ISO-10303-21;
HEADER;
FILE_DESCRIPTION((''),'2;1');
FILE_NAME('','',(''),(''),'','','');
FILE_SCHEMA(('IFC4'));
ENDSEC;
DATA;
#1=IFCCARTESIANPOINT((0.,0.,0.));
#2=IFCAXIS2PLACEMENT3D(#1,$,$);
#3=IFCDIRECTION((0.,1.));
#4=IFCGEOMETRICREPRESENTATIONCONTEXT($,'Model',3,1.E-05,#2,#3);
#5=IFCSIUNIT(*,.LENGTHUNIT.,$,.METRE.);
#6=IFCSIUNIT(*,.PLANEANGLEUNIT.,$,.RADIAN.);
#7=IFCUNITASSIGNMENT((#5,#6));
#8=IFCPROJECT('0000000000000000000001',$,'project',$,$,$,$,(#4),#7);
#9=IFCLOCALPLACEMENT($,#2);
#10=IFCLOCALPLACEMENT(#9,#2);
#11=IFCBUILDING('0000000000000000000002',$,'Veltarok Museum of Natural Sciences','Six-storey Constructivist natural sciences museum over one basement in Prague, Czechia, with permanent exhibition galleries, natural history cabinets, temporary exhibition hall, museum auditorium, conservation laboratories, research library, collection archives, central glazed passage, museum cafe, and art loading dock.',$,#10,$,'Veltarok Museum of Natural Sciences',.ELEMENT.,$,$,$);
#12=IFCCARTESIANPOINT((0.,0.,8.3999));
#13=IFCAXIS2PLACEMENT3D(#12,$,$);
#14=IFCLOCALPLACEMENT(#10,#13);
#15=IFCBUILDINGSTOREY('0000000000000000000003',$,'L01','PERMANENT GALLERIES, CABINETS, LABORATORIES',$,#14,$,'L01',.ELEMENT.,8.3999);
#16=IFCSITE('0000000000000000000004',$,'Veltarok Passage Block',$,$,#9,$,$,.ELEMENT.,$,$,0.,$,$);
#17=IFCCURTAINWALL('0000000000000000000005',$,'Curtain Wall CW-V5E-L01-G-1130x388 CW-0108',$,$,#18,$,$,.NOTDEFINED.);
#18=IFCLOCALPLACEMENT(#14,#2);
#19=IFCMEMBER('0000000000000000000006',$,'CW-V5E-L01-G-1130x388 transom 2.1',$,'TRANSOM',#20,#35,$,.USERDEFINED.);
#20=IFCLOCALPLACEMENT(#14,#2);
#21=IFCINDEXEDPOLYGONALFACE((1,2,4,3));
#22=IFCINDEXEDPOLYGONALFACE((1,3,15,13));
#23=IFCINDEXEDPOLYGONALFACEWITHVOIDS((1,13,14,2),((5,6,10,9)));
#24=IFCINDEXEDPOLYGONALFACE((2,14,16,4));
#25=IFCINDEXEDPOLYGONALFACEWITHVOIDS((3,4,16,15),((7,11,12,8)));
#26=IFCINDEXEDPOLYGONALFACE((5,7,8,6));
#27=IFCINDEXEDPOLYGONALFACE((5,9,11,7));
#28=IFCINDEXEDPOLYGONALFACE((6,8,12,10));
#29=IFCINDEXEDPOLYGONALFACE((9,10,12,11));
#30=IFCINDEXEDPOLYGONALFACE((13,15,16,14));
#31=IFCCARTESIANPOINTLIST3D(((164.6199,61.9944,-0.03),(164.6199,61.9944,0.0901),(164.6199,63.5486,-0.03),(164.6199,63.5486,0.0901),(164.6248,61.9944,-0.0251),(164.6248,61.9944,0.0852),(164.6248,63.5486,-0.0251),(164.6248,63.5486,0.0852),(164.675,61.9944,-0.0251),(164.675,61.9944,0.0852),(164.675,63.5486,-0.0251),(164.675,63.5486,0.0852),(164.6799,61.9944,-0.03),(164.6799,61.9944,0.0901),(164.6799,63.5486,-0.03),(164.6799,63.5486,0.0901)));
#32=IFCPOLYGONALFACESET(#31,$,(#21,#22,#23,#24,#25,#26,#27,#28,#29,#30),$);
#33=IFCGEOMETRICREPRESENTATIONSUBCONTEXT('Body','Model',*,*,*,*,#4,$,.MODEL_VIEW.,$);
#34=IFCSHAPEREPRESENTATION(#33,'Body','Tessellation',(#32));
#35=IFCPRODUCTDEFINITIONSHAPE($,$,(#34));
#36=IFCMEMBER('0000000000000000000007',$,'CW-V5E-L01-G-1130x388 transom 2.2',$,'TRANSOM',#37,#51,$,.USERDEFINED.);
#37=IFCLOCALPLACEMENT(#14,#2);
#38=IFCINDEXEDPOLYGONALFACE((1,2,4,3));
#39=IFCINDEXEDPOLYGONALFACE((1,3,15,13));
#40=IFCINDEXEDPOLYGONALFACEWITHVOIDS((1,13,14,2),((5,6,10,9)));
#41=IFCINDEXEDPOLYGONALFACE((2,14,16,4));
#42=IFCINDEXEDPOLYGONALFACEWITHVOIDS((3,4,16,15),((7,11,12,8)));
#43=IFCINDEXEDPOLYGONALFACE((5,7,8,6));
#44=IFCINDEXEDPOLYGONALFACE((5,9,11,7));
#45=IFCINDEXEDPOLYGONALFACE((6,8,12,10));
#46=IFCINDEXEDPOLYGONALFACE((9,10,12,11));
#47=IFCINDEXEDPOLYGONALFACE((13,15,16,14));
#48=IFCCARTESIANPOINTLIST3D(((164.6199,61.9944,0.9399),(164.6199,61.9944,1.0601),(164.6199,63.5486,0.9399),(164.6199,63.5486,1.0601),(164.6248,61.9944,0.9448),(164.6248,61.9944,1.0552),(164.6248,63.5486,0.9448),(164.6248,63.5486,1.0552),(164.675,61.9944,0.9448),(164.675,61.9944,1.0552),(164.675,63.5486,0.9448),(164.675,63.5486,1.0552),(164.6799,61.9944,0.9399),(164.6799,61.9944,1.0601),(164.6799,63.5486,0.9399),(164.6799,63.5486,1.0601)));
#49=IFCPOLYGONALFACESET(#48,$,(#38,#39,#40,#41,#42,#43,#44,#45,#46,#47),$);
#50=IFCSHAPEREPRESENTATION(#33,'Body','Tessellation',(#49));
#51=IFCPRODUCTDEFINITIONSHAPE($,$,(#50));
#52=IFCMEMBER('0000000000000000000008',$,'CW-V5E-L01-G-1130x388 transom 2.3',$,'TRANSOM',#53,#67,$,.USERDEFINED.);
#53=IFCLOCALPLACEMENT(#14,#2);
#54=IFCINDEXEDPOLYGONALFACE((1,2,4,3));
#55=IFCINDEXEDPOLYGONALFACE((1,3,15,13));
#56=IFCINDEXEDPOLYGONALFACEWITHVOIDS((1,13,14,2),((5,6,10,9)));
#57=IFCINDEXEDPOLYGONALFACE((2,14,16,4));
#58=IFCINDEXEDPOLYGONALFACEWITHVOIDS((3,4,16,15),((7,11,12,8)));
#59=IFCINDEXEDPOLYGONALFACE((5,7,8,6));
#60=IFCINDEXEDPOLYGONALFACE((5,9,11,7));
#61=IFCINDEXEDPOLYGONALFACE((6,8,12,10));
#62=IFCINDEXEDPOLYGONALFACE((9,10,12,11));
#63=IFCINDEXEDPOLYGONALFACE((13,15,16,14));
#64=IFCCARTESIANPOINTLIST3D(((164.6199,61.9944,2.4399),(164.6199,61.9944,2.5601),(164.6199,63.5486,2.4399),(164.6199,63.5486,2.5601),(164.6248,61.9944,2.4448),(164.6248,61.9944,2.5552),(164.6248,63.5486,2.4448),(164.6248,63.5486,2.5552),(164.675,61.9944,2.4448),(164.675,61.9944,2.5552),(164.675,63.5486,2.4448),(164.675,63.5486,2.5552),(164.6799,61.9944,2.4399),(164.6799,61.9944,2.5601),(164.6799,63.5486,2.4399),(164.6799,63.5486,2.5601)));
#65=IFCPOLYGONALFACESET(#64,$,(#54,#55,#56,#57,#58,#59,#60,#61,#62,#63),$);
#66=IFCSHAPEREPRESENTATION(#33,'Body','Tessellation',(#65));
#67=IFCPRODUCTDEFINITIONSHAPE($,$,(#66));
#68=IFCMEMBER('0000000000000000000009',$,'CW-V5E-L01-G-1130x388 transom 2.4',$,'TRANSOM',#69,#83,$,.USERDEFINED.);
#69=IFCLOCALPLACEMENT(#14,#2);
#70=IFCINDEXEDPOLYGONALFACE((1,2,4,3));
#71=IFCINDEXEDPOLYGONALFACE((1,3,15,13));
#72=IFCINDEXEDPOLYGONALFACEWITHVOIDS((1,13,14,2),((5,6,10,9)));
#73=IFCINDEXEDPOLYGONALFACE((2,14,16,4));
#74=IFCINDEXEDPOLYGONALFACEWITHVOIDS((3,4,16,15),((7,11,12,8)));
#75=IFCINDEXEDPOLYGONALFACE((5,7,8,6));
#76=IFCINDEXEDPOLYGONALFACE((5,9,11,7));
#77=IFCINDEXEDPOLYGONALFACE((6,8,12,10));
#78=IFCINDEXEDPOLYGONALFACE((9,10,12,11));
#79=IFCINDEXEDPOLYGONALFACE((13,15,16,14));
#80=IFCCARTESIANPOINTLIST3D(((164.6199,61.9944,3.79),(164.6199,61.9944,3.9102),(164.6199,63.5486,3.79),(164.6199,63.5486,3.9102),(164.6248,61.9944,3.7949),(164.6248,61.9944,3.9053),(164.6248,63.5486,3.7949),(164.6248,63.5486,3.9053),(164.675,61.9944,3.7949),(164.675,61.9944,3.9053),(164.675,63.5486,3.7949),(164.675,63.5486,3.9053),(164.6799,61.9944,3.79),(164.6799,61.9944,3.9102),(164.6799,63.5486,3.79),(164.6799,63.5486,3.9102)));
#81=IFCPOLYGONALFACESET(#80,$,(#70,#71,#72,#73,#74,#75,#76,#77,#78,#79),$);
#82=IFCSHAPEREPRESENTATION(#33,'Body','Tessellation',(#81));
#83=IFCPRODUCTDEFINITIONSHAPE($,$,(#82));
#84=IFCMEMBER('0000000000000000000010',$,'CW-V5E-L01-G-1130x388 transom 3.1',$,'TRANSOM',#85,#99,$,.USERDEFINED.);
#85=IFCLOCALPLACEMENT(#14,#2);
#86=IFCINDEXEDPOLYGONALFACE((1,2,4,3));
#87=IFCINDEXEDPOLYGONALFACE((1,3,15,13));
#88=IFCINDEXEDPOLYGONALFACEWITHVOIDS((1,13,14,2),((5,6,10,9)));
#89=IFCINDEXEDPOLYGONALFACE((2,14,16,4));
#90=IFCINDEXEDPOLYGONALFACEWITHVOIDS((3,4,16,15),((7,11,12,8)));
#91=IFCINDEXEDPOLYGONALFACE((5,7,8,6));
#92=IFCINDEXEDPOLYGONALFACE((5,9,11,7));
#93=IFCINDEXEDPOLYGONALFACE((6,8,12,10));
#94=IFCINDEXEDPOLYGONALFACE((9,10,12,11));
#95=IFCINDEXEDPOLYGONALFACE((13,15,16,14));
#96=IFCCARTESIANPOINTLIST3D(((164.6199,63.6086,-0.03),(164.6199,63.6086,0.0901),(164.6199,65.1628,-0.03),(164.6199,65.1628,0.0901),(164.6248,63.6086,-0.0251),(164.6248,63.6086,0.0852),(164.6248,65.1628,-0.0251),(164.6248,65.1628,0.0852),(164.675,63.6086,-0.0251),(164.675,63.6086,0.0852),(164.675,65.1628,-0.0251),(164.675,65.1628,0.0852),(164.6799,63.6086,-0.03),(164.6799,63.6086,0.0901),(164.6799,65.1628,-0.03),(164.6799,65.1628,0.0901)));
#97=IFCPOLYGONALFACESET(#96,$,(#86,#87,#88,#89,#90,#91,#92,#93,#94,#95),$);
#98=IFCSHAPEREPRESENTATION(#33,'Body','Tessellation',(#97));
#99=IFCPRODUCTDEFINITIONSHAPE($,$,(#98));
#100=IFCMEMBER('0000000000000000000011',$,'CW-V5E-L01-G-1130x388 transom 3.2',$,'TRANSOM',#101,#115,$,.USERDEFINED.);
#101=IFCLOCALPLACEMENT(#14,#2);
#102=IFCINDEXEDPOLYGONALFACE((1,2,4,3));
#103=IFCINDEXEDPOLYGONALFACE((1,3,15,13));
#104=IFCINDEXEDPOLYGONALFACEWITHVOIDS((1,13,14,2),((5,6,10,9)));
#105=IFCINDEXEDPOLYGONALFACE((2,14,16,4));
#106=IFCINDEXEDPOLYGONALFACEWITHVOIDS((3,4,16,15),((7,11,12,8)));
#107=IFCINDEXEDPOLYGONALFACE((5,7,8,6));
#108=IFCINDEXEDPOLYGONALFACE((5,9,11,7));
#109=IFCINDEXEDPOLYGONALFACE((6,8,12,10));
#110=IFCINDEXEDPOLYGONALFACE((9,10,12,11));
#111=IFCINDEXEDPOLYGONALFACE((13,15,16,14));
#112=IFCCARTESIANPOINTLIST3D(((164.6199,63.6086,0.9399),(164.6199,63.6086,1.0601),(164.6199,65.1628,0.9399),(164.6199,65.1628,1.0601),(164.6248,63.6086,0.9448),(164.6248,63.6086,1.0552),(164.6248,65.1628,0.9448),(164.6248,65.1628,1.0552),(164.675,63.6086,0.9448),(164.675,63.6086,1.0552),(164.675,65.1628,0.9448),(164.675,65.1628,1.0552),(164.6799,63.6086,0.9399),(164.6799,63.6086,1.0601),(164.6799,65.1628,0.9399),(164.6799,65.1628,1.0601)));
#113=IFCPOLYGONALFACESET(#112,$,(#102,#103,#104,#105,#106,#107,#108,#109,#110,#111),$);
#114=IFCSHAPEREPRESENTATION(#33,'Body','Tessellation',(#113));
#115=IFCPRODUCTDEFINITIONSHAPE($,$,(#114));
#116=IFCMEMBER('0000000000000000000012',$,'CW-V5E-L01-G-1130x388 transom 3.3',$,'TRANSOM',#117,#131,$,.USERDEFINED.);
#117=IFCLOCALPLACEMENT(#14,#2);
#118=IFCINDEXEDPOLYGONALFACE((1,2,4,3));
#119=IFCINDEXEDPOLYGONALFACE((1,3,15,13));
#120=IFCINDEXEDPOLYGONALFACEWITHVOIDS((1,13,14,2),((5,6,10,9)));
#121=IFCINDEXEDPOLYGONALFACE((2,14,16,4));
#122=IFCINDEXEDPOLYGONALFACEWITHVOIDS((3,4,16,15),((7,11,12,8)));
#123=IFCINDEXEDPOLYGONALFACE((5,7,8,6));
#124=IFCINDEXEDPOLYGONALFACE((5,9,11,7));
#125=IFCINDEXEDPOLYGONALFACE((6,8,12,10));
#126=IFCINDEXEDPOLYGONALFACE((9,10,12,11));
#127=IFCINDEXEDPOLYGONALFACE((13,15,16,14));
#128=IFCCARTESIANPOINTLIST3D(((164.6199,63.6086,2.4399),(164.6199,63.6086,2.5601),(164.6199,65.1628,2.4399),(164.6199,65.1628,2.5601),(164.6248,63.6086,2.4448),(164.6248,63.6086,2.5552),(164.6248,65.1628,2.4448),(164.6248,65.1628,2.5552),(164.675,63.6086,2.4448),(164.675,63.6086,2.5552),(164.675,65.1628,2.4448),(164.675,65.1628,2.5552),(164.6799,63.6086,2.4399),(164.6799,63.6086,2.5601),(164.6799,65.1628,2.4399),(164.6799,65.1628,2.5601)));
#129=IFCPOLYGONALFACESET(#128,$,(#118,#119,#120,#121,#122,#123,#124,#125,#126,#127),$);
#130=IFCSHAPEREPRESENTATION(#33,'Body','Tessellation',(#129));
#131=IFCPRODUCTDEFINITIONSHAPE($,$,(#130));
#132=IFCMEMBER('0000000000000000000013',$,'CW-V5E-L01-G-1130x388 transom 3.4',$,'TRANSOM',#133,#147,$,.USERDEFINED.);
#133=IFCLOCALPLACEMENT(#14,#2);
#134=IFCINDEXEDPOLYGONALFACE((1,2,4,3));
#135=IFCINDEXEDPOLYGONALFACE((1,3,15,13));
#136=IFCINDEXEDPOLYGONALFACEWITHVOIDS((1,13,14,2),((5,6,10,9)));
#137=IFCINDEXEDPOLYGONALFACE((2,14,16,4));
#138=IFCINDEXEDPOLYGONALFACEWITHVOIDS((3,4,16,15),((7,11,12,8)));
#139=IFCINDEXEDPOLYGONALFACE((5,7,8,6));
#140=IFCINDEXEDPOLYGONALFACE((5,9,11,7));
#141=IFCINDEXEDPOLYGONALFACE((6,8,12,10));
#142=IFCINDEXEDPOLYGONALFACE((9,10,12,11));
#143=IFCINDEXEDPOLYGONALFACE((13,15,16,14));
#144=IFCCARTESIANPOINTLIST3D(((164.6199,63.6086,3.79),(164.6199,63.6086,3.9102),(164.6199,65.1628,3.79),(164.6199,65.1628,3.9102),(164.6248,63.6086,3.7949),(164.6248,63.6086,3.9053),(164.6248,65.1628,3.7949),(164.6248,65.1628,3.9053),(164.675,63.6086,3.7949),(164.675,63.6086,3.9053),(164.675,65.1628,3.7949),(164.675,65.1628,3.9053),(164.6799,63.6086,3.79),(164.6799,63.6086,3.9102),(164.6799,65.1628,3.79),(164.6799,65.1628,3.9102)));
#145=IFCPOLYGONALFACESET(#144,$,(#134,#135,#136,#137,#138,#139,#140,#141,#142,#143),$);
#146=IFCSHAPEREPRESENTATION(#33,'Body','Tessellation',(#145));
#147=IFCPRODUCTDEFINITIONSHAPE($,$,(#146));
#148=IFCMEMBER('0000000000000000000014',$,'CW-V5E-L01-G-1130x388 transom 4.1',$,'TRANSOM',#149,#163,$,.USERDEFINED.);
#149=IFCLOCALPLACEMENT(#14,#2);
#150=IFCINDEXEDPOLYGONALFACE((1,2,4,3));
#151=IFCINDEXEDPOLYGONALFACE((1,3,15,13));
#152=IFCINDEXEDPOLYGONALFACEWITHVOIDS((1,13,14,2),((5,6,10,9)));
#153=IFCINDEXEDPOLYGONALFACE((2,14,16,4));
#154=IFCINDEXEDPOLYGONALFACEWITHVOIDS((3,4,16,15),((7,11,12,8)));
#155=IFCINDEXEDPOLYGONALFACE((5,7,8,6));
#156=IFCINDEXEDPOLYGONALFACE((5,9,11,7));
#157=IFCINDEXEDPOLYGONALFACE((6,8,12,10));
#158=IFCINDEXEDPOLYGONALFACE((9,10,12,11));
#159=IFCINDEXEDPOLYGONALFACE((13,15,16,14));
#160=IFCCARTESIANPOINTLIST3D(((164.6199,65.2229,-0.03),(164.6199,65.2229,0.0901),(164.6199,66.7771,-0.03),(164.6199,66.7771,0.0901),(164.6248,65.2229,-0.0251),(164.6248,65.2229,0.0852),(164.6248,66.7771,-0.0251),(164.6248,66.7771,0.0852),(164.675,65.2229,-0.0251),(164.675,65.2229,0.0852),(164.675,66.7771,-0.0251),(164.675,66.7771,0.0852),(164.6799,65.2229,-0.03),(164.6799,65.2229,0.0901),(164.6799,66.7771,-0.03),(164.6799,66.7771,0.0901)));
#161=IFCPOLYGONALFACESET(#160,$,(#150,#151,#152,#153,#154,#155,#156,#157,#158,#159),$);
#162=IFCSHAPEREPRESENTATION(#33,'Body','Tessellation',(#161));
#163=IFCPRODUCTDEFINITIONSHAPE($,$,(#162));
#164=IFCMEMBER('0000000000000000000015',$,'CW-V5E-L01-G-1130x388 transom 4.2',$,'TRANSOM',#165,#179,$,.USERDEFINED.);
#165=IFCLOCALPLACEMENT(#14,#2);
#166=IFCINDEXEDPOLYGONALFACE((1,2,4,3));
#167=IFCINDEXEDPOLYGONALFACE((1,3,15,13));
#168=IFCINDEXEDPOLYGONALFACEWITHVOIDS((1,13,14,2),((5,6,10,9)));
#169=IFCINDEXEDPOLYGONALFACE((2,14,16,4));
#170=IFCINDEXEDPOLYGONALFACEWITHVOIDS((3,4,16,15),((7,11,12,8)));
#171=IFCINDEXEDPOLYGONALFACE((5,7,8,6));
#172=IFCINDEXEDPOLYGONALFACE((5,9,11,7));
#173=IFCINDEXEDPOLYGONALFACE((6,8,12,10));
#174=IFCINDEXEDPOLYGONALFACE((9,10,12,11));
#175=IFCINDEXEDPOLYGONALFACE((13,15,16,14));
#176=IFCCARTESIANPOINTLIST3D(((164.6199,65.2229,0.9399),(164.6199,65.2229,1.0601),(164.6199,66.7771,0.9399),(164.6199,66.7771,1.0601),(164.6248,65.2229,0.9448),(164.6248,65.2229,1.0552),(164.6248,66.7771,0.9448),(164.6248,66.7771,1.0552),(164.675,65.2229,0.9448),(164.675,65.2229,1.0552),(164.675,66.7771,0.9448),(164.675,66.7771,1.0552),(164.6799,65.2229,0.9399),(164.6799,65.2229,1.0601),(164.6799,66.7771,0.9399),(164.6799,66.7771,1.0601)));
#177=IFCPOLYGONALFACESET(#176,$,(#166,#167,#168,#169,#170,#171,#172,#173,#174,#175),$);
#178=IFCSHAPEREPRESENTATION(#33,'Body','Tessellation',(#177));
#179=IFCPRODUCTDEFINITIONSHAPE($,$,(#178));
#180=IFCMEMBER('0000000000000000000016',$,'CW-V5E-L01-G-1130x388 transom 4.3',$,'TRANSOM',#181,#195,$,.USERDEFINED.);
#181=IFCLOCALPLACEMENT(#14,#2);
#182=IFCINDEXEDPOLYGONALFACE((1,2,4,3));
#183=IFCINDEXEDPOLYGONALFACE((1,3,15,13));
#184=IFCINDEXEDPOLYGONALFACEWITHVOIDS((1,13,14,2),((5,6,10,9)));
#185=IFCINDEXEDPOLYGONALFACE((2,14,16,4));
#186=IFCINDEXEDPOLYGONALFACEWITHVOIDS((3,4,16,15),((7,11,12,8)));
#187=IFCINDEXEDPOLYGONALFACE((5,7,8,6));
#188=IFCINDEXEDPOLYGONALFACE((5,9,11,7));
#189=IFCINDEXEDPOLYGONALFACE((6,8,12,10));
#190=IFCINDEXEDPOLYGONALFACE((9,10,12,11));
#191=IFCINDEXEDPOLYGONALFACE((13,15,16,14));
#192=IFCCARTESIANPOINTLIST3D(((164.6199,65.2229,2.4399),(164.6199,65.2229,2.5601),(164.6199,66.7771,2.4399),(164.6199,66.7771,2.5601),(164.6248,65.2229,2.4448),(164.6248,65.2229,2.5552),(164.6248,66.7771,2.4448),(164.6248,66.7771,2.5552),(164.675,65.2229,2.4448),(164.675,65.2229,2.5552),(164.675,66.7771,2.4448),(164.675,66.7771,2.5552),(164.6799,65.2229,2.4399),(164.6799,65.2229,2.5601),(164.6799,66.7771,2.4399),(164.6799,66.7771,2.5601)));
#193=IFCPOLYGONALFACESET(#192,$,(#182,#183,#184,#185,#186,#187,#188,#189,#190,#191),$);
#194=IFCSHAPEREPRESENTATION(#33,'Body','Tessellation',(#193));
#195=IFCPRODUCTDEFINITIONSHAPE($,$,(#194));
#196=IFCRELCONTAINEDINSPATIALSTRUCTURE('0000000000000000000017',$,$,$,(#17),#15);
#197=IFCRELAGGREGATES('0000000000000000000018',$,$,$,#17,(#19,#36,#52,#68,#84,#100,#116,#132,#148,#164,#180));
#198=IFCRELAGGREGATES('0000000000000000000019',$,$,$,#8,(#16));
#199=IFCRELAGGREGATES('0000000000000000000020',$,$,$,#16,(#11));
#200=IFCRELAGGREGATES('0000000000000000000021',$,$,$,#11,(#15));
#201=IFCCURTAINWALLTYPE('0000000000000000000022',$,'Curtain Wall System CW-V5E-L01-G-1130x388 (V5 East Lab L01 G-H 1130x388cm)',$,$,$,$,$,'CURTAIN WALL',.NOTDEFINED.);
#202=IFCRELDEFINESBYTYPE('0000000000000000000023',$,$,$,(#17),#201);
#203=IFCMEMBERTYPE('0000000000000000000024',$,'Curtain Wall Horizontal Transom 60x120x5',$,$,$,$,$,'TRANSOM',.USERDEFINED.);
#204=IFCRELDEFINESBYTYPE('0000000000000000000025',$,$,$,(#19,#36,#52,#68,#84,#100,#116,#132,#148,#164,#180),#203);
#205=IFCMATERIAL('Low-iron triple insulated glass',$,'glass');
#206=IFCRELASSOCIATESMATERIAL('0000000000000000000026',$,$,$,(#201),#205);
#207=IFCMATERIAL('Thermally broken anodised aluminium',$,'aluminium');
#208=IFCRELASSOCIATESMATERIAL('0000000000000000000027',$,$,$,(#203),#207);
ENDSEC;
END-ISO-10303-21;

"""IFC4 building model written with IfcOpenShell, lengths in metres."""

from ifc_helpers import new_model, si_unit, direction, frame, origin, origin_2d, place, context, subcontext, project, spatial, hollow_rectangle, extrude, material, material_profile, profile_set, type_object, element, aggregate, save


model = new_model("IFC4")

# Units and contexts
model_context = context("Model", 3, precision=1e-05, world=origin(), true_north=direction((0.0, 1.0)))
body_context = subcontext(model_context, "Body", "Model", "MODEL_VIEW")
ifc_project = project(units=[si_unit("LENGTHUNIT", "METRE"), si_unit("PLANEANGLEUNIT", "RADIAN")], contexts=[model_context])

# Site, building, storey
site_placement = place(None, origin())
site = spatial("IfcSite", under=ifc_project, at=site_placement, Name="Veltarok Passage Block", CompositionType="ELEMENT", RefElevation=0.0)
building_placement = place(site_placement, origin())
building = spatial("IfcBuilding", under=site, at=building_placement, Name="Veltarok Museum of Natural Sciences", Description="Six-storey Constructivist natural sciences museum over one basement in Prague, Czechia, with permanent exhibition galleries, natural history cabinets, temporary exhibition hall, museum auditorium, conservation laboratories, research library, collection archives, central glazed passage, museum cafe, and art loading dock.", LongName="Veltarok Museum of Natural Sciences", CompositionType="ELEMENT")
storey_placement = place(building_placement, frame((0.0, 0.0, 8.3999)))
storey = spatial("IfcBuildingStorey", under=building, at=storey_placement, Name="L01", Description="PERMANENT GALLERIES, CABINETS, LABORATORIES", LongName="L01", CompositionType="ELEMENT", Elevation=8.3999)

# Curtain wall, members
ifc_material_1 = material(Name="Low-iron triple insulated glass", Category="glass")
curtain_wall_type = type_object("IfcCurtainWallType", Name="Curtain Wall System CW-V5E-L01-G-1130x388 (V5 East Lab L01 G-H 1130x388cm)", ElementType="CURTAIN WALL", PredefinedType="NOTDEFINED", material=ifc_material_1)
curtain_wall_placement = place(storey_placement, origin())
curtain_wall = element("IfcCurtainWall", 1, at=curtain_wall_placement, inside=storey, type_object=curtain_wall_type, Name="Curtain Wall CW-V5E-L01-G-1130x388 CW-0108", PredefinedType="NOTDEFINED")
ifc_material_2 = material(Name="Thermally broken anodised aluminium", Category="aluminium")
ifc_material_profile_1 = material_profile(ifc_material_2, hollow_rectangle(XDim=0.0601, YDim=0.1201, WallThickness=0.0049, at=origin_2d()), Name="CW TRANSOM 60x120x5")
ifc_profile_set_1 = profile_set([ifc_material_profile_1], Name="Thermally broken anodised aluminium")
member_type_1 = type_object("IfcMemberType", Name="Curtain Wall Horizontal Transom 60x120x5", ElementType="TRANSOM", PredefinedType="USERDEFINED", material=ifc_profile_set_1)
member_1_placement = place(storey_placement, frame((164.6499, 61.9944, 0.03), z_axis=(0.0, 1.0, 0.0), x_axis=(-1.0, 0.0, 0.0)))
member_1 = element("IfcMember", 2, at=member_1_placement, type_object=member_type_1, Name="CW-V5E-L01-G-1130x388 transom 2.1", ObjectType="TRANSOM", PredefinedType="USERDEFINED", context=body_context, shape_type="SweptSolid", body=[
    extrude(hollow_rectangle(XDim=0.0601, YDim=0.1201, WallThickness=0.0049, at=origin_2d()), origin(), (0.0, 0.0, 1.0), 1.5542),
])
member_2_placement = place(storey_placement, frame((164.6499, 61.9944, 1.0), z_axis=(0.0, 1.0, 0.0), x_axis=(-1.0, 0.0, 0.0)))
member_2 = element("IfcMember", 3, at=member_2_placement, type_object=member_type_1, Name="CW-V5E-L01-G-1130x388 transom 2.2", ObjectType="TRANSOM", PredefinedType="USERDEFINED", context=body_context, shape_type="SweptSolid", body=[
    extrude(hollow_rectangle(XDim=0.0601, YDim=0.1201, WallThickness=0.0049, at=origin_2d()), origin(), (0.0, 0.0, 1.0), 1.5542),
])
member_3_placement = place(storey_placement, frame((164.6499, 61.9944, 2.5), z_axis=(0.0, 1.0, 0.0), x_axis=(-1.0, 0.0, 0.0)))
member_3 = element("IfcMember", 4, at=member_3_placement, type_object=member_type_1, Name="CW-V5E-L01-G-1130x388 transom 2.3", ObjectType="TRANSOM", PredefinedType="USERDEFINED", context=body_context, shape_type="SweptSolid", body=[
    extrude(hollow_rectangle(XDim=0.0601, YDim=0.1201, WallThickness=0.0049, at=origin_2d()), origin(), (0.0, 0.0, 1.0), 1.5542),
])
member_4_placement = place(storey_placement, frame((164.6499, 61.9944, 3.8501), z_axis=(0.0, 1.0, 0.0), x_axis=(-1.0, 0.0, 0.0)))
member_4 = element("IfcMember", 5, at=member_4_placement, type_object=member_type_1, Name="CW-V5E-L01-G-1130x388 transom 2.4", ObjectType="TRANSOM", PredefinedType="USERDEFINED", context=body_context, shape_type="SweptSolid", body=[
    extrude(hollow_rectangle(XDim=0.0601, YDim=0.1201, WallThickness=0.0049, at=origin_2d()), origin(), (0.0, 0.0, 1.0), 1.5542),
])
member_5_placement = place(storey_placement, frame((164.6499, 63.6086, 0.03), z_axis=(0.0, 1.0, 0.0), x_axis=(-1.0, 0.0, 0.0)))
member_5 = element("IfcMember", 6, at=member_5_placement, type_object=member_type_1, Name="CW-V5E-L01-G-1130x388 transom 3.1", ObjectType="TRANSOM", PredefinedType="USERDEFINED", context=body_context, shape_type="SweptSolid", body=[
    extrude(hollow_rectangle(XDim=0.0601, YDim=0.1201, WallThickness=0.0049, at=origin_2d()), origin(), (0.0, 0.0, 1.0), 1.5542),
])
member_6_placement = place(storey_placement, frame((164.6499, 63.6086, 1.0), z_axis=(0.0, 1.0, 0.0), x_axis=(-1.0, 0.0, 0.0)))
member_6 = element("IfcMember", 7, at=member_6_placement, type_object=member_type_1, Name="CW-V5E-L01-G-1130x388 transom 3.2", ObjectType="TRANSOM", PredefinedType="USERDEFINED", context=body_context, shape_type="SweptSolid", body=[
    extrude(hollow_rectangle(XDim=0.0601, YDim=0.1201, WallThickness=0.0049, at=origin_2d()), origin(), (0.0, 0.0, 1.0), 1.5542),
])
member_7_placement = place(storey_placement, frame((164.6499, 63.6086, 2.5), z_axis=(0.0, 1.0, 0.0), x_axis=(-1.0, 0.0, 0.0)))
member_7 = element("IfcMember", 8, at=member_7_placement, type_object=member_type_1, Name="CW-V5E-L01-G-1130x388 transom 3.3", ObjectType="TRANSOM", PredefinedType="USERDEFINED", context=body_context, shape_type="SweptSolid", body=[
    extrude(hollow_rectangle(XDim=0.0601, YDim=0.1201, WallThickness=0.0049, at=origin_2d()), origin(), (0.0, 0.0, 1.0), 1.5542),
])
member_8_placement = place(storey_placement, frame((164.6499, 63.6086, 3.8501), z_axis=(0.0, 1.0, 0.0), x_axis=(-1.0, 0.0, 0.0)))
member_8 = element("IfcMember", 9, at=member_8_placement, type_object=member_type_1, Name="CW-V5E-L01-G-1130x388 transom 3.4", ObjectType="TRANSOM", PredefinedType="USERDEFINED", context=body_context, shape_type="SweptSolid", body=[
    extrude(hollow_rectangle(XDim=0.0601, YDim=0.1201, WallThickness=0.0049, at=origin_2d()), origin(), (0.0, 0.0, 1.0), 1.5542),
])
member_9_placement = place(storey_placement, frame((164.6499, 65.2229, 0.03), z_axis=(0.0, 1.0, 0.0), x_axis=(-1.0, 0.0, 0.0)))
member_9 = element("IfcMember", 10, at=member_9_placement, type_object=member_type_1, Name="CW-V5E-L01-G-1130x388 transom 4.1", ObjectType="TRANSOM", PredefinedType="USERDEFINED", context=body_context, shape_type="SweptSolid", body=[
    extrude(hollow_rectangle(XDim=0.0601, YDim=0.1201, WallThickness=0.0049, at=origin_2d()), origin(), (0.0, 0.0, 1.0), 1.5542),
])
member_10_placement = place(storey_placement, frame((164.6499, 65.2229, 1.0), z_axis=(0.0, 1.0, 0.0), x_axis=(-1.0, 0.0, 0.0)))
member_10 = element("IfcMember", 11, at=member_10_placement, type_object=member_type_1, Name="CW-V5E-L01-G-1130x388 transom 4.2", ObjectType="TRANSOM", PredefinedType="USERDEFINED", context=body_context, shape_type="SweptSolid", body=[
    extrude(hollow_rectangle(XDim=0.0601, YDim=0.1201, WallThickness=0.0049, at=origin_2d()), origin(), (0.0, 0.0, 1.0), 1.5542),
])
member_11_placement = place(storey_placement, frame((164.6499, 65.2229, 2.5), z_axis=(0.0, 1.0, 0.0), x_axis=(-1.0, 0.0, 0.0)))
member_11 = element("IfcMember", 12, at=member_11_placement, type_object=member_type_1, Name="CW-V5E-L01-G-1130x388 transom 4.3", ObjectType="TRANSOM", PredefinedType="USERDEFINED", context=body_context, shape_type="SweptSolid", body=[
    extrude(hollow_rectangle(XDim=0.0601, YDim=0.1201, WallThickness=0.0049, at=origin_2d()), origin(), (0.0, 0.0, 1.0), 1.5542),
])
aggregate(curtain_wall, [member_1, member_2, member_3, member_4, member_5, member_6, member_7, member_8, member_9, member_10, member_11])

save(model, "model.ifc")
